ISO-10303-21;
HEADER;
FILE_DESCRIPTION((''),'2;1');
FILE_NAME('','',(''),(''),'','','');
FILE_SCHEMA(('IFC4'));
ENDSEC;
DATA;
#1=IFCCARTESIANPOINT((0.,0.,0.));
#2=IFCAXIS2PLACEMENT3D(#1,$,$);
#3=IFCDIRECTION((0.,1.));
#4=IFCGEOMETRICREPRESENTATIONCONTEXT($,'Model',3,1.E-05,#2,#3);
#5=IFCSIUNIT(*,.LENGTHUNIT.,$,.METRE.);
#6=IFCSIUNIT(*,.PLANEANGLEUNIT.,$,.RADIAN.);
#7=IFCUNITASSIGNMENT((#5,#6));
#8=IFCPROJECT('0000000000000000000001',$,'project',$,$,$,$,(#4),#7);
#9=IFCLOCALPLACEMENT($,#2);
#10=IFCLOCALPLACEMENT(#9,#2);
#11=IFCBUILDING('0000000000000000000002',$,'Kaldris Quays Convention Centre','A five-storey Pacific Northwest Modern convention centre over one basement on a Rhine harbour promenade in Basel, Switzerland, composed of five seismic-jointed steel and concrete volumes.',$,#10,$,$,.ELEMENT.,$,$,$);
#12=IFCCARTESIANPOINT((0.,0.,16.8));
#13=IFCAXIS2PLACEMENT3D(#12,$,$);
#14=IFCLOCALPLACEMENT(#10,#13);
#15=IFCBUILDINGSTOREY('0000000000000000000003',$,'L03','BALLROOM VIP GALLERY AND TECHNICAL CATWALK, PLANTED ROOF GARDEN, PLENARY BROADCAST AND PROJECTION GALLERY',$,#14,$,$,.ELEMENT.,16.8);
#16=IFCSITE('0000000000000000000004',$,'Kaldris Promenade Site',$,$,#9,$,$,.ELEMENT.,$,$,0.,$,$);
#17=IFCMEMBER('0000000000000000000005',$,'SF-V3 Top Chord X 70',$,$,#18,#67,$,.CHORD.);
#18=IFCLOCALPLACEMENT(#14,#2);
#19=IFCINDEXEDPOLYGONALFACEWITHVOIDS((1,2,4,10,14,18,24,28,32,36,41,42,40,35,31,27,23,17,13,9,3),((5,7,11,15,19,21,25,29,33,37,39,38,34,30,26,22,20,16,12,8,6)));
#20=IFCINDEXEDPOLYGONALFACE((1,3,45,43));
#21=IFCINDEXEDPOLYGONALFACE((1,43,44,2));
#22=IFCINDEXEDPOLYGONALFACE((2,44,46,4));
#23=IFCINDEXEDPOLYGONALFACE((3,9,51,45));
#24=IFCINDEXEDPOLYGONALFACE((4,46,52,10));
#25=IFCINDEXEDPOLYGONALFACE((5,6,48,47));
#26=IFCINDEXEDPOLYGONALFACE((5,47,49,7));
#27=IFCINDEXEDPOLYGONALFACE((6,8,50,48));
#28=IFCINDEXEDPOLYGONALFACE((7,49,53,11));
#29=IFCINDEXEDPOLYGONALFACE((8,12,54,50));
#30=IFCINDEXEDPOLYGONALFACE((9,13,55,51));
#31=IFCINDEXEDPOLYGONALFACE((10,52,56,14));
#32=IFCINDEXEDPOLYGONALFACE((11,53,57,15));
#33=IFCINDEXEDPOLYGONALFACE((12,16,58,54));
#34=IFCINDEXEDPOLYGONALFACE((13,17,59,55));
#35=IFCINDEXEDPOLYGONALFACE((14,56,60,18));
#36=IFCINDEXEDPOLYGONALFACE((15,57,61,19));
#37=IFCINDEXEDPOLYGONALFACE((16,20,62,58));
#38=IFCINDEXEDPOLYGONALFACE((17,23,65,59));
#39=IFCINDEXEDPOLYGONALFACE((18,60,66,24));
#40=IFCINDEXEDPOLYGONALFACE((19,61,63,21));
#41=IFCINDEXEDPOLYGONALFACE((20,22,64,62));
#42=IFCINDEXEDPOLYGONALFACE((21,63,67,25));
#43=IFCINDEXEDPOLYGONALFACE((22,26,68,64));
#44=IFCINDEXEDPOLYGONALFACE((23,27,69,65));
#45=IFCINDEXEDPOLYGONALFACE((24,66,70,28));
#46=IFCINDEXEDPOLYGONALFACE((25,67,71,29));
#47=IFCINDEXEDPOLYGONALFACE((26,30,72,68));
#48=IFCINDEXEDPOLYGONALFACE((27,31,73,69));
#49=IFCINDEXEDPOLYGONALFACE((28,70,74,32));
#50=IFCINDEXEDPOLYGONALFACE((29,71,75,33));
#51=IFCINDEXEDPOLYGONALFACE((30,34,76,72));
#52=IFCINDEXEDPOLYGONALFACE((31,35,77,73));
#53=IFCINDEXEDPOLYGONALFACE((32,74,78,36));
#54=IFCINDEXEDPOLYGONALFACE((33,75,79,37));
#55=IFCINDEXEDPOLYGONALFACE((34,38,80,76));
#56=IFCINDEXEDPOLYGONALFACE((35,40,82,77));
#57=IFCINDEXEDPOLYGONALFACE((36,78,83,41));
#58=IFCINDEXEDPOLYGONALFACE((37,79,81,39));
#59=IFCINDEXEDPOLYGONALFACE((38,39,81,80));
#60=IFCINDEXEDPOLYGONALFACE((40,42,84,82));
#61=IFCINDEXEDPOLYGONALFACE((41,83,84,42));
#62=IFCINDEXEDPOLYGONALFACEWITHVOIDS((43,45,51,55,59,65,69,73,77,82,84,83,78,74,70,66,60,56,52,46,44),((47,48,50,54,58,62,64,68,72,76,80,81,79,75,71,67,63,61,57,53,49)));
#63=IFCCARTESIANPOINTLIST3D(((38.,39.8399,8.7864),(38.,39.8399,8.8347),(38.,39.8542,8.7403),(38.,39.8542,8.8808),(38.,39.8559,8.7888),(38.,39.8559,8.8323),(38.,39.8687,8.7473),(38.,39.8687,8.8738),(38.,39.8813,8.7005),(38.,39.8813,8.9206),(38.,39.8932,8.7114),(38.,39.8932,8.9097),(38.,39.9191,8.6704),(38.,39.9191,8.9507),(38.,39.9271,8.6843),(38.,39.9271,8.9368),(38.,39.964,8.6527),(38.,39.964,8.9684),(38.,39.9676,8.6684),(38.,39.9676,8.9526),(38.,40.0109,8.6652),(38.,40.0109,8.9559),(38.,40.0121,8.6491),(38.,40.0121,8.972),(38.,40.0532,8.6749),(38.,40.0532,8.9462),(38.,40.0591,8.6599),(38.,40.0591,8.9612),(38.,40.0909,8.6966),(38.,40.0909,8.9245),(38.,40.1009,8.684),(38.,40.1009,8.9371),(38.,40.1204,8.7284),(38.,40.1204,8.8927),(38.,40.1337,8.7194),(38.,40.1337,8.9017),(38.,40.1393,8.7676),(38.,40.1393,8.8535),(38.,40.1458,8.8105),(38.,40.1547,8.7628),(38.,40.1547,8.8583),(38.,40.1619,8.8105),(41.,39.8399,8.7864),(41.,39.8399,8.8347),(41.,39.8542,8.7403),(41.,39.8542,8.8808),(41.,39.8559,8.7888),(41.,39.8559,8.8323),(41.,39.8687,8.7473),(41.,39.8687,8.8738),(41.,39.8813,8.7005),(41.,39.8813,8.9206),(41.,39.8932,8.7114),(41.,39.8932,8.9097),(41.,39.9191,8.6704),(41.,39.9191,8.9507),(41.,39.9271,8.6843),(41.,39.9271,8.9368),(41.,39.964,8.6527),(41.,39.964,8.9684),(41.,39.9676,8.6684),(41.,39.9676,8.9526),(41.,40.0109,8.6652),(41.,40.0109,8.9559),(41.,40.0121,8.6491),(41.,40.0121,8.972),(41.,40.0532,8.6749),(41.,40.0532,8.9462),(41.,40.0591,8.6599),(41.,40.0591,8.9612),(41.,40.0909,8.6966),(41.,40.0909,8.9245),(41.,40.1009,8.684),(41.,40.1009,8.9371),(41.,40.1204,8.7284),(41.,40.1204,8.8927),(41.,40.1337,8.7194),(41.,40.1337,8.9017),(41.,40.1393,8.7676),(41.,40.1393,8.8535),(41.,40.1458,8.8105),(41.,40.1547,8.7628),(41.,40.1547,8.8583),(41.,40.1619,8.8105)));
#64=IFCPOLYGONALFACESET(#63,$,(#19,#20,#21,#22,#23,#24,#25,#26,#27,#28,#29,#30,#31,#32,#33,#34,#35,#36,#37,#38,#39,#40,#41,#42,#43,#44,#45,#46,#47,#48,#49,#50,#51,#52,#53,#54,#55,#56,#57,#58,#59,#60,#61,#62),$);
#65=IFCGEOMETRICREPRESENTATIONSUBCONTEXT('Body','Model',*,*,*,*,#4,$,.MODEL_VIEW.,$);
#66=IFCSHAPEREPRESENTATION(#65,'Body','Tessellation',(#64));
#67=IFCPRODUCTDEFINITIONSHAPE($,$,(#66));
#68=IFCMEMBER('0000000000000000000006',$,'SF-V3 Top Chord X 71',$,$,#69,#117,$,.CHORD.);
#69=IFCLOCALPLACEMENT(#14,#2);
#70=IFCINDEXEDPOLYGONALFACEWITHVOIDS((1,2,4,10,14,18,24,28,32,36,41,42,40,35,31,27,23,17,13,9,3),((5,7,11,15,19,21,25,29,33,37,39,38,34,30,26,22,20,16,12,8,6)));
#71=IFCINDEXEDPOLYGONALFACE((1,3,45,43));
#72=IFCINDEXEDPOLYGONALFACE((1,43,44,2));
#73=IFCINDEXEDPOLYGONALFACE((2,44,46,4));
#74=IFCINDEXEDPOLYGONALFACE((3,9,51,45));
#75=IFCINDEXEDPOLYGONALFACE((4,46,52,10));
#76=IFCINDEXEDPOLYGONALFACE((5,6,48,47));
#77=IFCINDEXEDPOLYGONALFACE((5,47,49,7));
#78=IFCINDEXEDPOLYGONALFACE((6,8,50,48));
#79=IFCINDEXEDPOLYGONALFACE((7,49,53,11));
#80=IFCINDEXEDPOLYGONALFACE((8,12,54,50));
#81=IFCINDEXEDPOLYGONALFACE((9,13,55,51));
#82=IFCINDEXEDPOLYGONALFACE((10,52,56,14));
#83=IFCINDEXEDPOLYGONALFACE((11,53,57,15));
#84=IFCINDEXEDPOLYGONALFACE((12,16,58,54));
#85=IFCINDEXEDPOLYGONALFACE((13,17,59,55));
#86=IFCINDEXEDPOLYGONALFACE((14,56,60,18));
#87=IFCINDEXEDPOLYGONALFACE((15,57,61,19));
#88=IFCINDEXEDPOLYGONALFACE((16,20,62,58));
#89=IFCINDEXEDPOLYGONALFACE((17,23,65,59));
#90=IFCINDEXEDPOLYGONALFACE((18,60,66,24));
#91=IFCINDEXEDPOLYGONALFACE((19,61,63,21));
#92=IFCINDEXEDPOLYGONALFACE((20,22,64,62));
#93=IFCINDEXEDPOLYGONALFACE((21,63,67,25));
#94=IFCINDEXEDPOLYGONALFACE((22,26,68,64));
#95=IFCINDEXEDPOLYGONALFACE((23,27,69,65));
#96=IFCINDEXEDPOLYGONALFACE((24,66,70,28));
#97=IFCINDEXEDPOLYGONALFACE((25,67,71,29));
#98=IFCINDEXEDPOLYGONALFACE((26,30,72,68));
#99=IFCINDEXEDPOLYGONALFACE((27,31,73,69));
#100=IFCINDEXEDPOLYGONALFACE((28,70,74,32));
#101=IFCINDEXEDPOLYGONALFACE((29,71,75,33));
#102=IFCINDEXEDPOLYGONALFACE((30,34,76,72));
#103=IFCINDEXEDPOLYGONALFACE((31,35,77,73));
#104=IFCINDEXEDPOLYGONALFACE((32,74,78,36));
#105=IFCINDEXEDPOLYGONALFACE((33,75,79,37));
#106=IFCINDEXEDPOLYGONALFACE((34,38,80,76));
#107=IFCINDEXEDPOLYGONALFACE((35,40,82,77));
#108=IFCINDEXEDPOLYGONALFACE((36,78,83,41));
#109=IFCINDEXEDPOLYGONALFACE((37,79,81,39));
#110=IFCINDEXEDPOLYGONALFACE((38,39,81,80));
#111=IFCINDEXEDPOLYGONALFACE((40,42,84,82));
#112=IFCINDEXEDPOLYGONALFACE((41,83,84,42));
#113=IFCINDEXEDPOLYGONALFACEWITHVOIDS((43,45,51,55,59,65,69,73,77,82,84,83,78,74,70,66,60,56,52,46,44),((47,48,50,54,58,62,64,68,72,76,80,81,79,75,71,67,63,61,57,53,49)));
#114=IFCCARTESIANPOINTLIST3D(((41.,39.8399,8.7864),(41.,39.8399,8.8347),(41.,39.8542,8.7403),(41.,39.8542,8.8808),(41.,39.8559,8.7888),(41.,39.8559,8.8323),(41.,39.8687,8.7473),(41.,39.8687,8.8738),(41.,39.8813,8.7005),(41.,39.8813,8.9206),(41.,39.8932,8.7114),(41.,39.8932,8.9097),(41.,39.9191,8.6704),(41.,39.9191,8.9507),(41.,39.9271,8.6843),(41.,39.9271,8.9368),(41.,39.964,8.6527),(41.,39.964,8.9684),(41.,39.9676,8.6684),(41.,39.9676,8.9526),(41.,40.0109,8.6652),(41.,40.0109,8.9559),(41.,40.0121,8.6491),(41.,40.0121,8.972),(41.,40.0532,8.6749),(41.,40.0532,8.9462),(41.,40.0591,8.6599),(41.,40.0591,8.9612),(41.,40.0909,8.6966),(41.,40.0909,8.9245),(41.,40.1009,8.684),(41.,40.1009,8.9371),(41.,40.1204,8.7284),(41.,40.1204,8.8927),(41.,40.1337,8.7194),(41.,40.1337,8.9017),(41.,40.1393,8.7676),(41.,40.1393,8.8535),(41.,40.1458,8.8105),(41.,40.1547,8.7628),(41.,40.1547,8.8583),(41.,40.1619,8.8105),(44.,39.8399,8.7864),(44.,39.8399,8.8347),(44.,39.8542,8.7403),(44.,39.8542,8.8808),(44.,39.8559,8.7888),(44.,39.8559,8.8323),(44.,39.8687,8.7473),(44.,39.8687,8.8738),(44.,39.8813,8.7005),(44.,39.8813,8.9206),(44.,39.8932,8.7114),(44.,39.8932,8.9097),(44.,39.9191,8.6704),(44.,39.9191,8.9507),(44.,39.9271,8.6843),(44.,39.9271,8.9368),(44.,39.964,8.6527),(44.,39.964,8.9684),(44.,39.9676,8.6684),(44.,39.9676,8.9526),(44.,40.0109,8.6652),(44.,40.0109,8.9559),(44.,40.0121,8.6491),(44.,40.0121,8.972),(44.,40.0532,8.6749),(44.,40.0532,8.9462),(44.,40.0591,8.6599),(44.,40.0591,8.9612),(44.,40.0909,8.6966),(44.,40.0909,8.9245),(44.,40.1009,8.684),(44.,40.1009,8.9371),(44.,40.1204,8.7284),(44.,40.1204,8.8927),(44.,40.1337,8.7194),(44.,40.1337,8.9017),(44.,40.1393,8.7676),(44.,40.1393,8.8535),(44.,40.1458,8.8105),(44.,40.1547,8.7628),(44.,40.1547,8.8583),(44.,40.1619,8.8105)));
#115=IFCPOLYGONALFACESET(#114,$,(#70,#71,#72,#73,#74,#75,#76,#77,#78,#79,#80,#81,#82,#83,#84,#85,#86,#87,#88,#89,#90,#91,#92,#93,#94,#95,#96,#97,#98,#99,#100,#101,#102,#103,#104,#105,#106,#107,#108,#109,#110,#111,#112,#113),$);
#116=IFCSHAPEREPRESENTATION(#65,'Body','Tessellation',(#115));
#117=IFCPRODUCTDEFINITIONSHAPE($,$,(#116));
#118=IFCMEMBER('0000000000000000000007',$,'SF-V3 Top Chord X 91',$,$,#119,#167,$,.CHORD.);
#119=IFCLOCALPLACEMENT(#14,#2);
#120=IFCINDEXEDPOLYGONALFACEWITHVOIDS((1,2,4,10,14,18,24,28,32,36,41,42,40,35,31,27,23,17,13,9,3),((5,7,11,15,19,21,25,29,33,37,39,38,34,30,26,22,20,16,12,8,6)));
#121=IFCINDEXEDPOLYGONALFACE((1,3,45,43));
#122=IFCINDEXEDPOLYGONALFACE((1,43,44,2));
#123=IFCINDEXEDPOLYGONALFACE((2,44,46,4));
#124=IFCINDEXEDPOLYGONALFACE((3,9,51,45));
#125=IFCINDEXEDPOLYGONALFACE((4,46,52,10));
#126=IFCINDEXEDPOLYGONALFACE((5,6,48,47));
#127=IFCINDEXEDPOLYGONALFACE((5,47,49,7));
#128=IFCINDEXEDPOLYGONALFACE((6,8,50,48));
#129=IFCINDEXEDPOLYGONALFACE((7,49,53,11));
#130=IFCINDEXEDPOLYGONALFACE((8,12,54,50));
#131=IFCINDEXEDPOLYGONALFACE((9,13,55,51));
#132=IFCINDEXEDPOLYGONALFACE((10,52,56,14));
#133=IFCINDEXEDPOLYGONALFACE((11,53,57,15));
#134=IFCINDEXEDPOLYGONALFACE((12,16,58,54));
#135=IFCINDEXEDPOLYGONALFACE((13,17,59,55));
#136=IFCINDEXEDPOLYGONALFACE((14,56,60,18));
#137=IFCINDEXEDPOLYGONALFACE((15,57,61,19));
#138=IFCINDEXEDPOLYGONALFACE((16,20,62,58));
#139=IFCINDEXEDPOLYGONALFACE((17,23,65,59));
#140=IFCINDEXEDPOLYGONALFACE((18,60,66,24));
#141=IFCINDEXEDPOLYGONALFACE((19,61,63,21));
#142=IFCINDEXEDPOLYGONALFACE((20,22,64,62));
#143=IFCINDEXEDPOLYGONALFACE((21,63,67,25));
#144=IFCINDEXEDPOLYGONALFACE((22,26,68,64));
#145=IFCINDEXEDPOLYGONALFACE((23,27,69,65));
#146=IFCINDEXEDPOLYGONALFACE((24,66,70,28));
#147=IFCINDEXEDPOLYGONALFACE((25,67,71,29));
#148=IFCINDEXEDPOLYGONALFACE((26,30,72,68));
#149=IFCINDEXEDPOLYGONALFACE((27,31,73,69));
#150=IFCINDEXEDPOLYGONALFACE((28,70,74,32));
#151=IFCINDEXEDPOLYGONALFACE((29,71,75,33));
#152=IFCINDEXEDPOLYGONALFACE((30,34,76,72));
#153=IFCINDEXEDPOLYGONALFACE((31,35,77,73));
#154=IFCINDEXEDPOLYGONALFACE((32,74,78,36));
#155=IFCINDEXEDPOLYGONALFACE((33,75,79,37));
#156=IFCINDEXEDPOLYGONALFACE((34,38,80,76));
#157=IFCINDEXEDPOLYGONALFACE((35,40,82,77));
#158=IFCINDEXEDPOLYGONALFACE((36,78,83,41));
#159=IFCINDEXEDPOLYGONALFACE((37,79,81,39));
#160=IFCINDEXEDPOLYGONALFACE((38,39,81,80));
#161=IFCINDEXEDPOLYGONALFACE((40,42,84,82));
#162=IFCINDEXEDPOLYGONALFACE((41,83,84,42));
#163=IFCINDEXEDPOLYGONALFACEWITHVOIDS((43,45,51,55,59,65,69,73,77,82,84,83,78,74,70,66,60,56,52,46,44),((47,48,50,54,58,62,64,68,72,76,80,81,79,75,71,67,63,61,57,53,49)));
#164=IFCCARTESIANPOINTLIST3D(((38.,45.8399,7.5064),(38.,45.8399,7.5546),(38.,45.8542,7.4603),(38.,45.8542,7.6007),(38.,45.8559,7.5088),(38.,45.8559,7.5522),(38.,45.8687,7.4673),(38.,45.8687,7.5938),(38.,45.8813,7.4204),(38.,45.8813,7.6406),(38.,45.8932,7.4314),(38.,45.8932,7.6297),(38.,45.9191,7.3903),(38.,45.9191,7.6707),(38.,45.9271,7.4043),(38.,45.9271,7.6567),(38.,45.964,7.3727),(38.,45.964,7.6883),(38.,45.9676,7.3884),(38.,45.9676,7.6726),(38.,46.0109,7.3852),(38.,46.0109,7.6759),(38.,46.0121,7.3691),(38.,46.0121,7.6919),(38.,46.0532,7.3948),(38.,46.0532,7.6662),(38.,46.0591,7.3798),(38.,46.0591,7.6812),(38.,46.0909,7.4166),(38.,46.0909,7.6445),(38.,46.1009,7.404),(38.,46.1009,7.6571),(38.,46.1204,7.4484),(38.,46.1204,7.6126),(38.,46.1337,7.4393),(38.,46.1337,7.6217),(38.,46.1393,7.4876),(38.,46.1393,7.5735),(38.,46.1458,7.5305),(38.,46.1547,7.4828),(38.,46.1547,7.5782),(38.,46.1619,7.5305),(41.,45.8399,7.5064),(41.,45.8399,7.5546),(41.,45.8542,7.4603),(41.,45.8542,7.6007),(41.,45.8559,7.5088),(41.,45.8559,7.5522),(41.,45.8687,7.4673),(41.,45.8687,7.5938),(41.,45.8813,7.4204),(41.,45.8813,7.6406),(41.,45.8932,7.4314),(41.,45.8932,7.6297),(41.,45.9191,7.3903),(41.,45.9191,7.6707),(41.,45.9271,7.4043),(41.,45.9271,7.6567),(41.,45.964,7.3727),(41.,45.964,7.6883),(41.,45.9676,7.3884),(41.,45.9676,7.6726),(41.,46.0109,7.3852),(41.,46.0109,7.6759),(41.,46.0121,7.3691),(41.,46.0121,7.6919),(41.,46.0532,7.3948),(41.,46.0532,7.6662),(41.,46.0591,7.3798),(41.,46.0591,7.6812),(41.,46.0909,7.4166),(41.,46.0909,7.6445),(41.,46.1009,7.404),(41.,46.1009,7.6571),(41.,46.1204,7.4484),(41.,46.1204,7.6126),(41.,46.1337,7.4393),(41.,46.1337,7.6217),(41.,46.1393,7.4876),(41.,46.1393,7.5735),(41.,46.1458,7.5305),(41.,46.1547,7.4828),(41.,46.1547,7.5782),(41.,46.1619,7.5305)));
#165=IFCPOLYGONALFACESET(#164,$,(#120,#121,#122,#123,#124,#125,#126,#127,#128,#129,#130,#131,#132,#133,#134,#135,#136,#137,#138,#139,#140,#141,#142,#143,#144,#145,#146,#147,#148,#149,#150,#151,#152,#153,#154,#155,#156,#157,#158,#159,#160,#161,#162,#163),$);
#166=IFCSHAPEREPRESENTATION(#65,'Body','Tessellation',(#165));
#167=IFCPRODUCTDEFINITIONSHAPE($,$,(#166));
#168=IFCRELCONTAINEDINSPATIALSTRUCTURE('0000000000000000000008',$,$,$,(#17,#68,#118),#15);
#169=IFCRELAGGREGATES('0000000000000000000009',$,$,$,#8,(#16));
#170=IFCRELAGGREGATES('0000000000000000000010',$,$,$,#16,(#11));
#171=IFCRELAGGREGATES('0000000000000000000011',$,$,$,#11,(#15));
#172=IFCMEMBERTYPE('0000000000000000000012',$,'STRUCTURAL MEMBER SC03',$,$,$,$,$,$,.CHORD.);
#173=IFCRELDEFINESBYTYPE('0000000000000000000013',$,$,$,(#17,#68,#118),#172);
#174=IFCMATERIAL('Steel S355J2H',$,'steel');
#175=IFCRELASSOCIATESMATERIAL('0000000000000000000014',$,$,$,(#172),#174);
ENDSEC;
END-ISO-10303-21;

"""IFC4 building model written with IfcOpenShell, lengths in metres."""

from ifc_helpers import new_model, si_unit, direction, frame, origin, origin_2d, place, context, subcontext, project, spatial, hollow_circle, extrude, material, material_profile, profile_set, type_object, element, save


model = new_model("IFC4")

# Units and contexts
model_context = context("Model", 3, precision=1e-05, world=origin(), true_north=direction((0.0, 1.0)))
body_context = subcontext(model_context, "Body", "Model", "MODEL_VIEW")
ifc_project = project(units=[si_unit("LENGTHUNIT", "METRE"), si_unit("PLANEANGLEUNIT", "RADIAN")], contexts=[model_context])

# Site, building, storey
site_placement = place(None, origin())
site = spatial("IfcSite", under=ifc_project, at=site_placement, Name="Kaldris Promenade Site", CompositionType="ELEMENT", RefElevation=0.0)
building_placement = place(site_placement, origin())
building = spatial("IfcBuilding", under=site, at=building_placement, Name="Kaldris Quays Convention Centre", Description="A five-storey Pacific Northwest Modern convention centre over one basement on a Rhine harbour promenade in Basel, Switzerland, composed of five seismic-jointed steel and concrete volumes.", CompositionType="ELEMENT")
storey_placement = place(building_placement, frame((0.0, 0.0, 16.8)))
storey = spatial("IfcBuildingStorey", under=building, at=storey_placement, Name="L03", Description="BALLROOM VIP GALLERY AND TECHNICAL CATWALK, PLANTED ROOF GARDEN, PLENARY BROADCAST AND PROJECTION GALLERY", CompositionType="ELEMENT", Elevation=16.8)

# Members
ifc_material_1 = material(Name="Steel S355J2H", Category="steel")
ifc_material_profile_1 = material_profile(ifc_material_1, hollow_circle(Radius=0.1619, WallThickness=0.0161, at=origin_2d()), Name="CHS 323.9x16")
ifc_profile_set_1 = profile_set([ifc_material_profile_1], Name="Steel S355J2H")
member_type_1 = type_object("IfcMemberType", Name="STRUCTURAL MEMBER SC03", PredefinedType="CHORD", material=ifc_profile_set_1)
for number, where, z_axis, x_axis, name in (
    (1, (38.0, 40.0, 8.8105), (1.0, 0.0, 0.0), (0.0, 1.0, 0.0), "SF-V3 Top Chord X 70"),
    (2, (41.0, 40.0, 8.8105), (1.0, 0.0, 0.0), (0.0, 1.0, 0.0), "SF-V3 Top Chord X 71"),
    (3, (38.0, 46.0, 7.5305), (1.0, 0.0, 0.0), (0.0, 1.0, 0.0), "SF-V3 Top Chord X 91"),
):
    element("IfcMember", number, at=place(storey_placement, frame(where, z_axis=z_axis, x_axis=x_axis)), inside=storey, type_object=member_type_1, Name=name, PredefinedType="CHORD", context=body_context, shape_type="SweptSolid", body=[
        extrude(hollow_circle(Radius=0.1619, WallThickness=0.0161, at=origin_2d()), origin(), (0.0, 0.0, 1.0), 3.0),
    ])

save(model, "model.ifc")
